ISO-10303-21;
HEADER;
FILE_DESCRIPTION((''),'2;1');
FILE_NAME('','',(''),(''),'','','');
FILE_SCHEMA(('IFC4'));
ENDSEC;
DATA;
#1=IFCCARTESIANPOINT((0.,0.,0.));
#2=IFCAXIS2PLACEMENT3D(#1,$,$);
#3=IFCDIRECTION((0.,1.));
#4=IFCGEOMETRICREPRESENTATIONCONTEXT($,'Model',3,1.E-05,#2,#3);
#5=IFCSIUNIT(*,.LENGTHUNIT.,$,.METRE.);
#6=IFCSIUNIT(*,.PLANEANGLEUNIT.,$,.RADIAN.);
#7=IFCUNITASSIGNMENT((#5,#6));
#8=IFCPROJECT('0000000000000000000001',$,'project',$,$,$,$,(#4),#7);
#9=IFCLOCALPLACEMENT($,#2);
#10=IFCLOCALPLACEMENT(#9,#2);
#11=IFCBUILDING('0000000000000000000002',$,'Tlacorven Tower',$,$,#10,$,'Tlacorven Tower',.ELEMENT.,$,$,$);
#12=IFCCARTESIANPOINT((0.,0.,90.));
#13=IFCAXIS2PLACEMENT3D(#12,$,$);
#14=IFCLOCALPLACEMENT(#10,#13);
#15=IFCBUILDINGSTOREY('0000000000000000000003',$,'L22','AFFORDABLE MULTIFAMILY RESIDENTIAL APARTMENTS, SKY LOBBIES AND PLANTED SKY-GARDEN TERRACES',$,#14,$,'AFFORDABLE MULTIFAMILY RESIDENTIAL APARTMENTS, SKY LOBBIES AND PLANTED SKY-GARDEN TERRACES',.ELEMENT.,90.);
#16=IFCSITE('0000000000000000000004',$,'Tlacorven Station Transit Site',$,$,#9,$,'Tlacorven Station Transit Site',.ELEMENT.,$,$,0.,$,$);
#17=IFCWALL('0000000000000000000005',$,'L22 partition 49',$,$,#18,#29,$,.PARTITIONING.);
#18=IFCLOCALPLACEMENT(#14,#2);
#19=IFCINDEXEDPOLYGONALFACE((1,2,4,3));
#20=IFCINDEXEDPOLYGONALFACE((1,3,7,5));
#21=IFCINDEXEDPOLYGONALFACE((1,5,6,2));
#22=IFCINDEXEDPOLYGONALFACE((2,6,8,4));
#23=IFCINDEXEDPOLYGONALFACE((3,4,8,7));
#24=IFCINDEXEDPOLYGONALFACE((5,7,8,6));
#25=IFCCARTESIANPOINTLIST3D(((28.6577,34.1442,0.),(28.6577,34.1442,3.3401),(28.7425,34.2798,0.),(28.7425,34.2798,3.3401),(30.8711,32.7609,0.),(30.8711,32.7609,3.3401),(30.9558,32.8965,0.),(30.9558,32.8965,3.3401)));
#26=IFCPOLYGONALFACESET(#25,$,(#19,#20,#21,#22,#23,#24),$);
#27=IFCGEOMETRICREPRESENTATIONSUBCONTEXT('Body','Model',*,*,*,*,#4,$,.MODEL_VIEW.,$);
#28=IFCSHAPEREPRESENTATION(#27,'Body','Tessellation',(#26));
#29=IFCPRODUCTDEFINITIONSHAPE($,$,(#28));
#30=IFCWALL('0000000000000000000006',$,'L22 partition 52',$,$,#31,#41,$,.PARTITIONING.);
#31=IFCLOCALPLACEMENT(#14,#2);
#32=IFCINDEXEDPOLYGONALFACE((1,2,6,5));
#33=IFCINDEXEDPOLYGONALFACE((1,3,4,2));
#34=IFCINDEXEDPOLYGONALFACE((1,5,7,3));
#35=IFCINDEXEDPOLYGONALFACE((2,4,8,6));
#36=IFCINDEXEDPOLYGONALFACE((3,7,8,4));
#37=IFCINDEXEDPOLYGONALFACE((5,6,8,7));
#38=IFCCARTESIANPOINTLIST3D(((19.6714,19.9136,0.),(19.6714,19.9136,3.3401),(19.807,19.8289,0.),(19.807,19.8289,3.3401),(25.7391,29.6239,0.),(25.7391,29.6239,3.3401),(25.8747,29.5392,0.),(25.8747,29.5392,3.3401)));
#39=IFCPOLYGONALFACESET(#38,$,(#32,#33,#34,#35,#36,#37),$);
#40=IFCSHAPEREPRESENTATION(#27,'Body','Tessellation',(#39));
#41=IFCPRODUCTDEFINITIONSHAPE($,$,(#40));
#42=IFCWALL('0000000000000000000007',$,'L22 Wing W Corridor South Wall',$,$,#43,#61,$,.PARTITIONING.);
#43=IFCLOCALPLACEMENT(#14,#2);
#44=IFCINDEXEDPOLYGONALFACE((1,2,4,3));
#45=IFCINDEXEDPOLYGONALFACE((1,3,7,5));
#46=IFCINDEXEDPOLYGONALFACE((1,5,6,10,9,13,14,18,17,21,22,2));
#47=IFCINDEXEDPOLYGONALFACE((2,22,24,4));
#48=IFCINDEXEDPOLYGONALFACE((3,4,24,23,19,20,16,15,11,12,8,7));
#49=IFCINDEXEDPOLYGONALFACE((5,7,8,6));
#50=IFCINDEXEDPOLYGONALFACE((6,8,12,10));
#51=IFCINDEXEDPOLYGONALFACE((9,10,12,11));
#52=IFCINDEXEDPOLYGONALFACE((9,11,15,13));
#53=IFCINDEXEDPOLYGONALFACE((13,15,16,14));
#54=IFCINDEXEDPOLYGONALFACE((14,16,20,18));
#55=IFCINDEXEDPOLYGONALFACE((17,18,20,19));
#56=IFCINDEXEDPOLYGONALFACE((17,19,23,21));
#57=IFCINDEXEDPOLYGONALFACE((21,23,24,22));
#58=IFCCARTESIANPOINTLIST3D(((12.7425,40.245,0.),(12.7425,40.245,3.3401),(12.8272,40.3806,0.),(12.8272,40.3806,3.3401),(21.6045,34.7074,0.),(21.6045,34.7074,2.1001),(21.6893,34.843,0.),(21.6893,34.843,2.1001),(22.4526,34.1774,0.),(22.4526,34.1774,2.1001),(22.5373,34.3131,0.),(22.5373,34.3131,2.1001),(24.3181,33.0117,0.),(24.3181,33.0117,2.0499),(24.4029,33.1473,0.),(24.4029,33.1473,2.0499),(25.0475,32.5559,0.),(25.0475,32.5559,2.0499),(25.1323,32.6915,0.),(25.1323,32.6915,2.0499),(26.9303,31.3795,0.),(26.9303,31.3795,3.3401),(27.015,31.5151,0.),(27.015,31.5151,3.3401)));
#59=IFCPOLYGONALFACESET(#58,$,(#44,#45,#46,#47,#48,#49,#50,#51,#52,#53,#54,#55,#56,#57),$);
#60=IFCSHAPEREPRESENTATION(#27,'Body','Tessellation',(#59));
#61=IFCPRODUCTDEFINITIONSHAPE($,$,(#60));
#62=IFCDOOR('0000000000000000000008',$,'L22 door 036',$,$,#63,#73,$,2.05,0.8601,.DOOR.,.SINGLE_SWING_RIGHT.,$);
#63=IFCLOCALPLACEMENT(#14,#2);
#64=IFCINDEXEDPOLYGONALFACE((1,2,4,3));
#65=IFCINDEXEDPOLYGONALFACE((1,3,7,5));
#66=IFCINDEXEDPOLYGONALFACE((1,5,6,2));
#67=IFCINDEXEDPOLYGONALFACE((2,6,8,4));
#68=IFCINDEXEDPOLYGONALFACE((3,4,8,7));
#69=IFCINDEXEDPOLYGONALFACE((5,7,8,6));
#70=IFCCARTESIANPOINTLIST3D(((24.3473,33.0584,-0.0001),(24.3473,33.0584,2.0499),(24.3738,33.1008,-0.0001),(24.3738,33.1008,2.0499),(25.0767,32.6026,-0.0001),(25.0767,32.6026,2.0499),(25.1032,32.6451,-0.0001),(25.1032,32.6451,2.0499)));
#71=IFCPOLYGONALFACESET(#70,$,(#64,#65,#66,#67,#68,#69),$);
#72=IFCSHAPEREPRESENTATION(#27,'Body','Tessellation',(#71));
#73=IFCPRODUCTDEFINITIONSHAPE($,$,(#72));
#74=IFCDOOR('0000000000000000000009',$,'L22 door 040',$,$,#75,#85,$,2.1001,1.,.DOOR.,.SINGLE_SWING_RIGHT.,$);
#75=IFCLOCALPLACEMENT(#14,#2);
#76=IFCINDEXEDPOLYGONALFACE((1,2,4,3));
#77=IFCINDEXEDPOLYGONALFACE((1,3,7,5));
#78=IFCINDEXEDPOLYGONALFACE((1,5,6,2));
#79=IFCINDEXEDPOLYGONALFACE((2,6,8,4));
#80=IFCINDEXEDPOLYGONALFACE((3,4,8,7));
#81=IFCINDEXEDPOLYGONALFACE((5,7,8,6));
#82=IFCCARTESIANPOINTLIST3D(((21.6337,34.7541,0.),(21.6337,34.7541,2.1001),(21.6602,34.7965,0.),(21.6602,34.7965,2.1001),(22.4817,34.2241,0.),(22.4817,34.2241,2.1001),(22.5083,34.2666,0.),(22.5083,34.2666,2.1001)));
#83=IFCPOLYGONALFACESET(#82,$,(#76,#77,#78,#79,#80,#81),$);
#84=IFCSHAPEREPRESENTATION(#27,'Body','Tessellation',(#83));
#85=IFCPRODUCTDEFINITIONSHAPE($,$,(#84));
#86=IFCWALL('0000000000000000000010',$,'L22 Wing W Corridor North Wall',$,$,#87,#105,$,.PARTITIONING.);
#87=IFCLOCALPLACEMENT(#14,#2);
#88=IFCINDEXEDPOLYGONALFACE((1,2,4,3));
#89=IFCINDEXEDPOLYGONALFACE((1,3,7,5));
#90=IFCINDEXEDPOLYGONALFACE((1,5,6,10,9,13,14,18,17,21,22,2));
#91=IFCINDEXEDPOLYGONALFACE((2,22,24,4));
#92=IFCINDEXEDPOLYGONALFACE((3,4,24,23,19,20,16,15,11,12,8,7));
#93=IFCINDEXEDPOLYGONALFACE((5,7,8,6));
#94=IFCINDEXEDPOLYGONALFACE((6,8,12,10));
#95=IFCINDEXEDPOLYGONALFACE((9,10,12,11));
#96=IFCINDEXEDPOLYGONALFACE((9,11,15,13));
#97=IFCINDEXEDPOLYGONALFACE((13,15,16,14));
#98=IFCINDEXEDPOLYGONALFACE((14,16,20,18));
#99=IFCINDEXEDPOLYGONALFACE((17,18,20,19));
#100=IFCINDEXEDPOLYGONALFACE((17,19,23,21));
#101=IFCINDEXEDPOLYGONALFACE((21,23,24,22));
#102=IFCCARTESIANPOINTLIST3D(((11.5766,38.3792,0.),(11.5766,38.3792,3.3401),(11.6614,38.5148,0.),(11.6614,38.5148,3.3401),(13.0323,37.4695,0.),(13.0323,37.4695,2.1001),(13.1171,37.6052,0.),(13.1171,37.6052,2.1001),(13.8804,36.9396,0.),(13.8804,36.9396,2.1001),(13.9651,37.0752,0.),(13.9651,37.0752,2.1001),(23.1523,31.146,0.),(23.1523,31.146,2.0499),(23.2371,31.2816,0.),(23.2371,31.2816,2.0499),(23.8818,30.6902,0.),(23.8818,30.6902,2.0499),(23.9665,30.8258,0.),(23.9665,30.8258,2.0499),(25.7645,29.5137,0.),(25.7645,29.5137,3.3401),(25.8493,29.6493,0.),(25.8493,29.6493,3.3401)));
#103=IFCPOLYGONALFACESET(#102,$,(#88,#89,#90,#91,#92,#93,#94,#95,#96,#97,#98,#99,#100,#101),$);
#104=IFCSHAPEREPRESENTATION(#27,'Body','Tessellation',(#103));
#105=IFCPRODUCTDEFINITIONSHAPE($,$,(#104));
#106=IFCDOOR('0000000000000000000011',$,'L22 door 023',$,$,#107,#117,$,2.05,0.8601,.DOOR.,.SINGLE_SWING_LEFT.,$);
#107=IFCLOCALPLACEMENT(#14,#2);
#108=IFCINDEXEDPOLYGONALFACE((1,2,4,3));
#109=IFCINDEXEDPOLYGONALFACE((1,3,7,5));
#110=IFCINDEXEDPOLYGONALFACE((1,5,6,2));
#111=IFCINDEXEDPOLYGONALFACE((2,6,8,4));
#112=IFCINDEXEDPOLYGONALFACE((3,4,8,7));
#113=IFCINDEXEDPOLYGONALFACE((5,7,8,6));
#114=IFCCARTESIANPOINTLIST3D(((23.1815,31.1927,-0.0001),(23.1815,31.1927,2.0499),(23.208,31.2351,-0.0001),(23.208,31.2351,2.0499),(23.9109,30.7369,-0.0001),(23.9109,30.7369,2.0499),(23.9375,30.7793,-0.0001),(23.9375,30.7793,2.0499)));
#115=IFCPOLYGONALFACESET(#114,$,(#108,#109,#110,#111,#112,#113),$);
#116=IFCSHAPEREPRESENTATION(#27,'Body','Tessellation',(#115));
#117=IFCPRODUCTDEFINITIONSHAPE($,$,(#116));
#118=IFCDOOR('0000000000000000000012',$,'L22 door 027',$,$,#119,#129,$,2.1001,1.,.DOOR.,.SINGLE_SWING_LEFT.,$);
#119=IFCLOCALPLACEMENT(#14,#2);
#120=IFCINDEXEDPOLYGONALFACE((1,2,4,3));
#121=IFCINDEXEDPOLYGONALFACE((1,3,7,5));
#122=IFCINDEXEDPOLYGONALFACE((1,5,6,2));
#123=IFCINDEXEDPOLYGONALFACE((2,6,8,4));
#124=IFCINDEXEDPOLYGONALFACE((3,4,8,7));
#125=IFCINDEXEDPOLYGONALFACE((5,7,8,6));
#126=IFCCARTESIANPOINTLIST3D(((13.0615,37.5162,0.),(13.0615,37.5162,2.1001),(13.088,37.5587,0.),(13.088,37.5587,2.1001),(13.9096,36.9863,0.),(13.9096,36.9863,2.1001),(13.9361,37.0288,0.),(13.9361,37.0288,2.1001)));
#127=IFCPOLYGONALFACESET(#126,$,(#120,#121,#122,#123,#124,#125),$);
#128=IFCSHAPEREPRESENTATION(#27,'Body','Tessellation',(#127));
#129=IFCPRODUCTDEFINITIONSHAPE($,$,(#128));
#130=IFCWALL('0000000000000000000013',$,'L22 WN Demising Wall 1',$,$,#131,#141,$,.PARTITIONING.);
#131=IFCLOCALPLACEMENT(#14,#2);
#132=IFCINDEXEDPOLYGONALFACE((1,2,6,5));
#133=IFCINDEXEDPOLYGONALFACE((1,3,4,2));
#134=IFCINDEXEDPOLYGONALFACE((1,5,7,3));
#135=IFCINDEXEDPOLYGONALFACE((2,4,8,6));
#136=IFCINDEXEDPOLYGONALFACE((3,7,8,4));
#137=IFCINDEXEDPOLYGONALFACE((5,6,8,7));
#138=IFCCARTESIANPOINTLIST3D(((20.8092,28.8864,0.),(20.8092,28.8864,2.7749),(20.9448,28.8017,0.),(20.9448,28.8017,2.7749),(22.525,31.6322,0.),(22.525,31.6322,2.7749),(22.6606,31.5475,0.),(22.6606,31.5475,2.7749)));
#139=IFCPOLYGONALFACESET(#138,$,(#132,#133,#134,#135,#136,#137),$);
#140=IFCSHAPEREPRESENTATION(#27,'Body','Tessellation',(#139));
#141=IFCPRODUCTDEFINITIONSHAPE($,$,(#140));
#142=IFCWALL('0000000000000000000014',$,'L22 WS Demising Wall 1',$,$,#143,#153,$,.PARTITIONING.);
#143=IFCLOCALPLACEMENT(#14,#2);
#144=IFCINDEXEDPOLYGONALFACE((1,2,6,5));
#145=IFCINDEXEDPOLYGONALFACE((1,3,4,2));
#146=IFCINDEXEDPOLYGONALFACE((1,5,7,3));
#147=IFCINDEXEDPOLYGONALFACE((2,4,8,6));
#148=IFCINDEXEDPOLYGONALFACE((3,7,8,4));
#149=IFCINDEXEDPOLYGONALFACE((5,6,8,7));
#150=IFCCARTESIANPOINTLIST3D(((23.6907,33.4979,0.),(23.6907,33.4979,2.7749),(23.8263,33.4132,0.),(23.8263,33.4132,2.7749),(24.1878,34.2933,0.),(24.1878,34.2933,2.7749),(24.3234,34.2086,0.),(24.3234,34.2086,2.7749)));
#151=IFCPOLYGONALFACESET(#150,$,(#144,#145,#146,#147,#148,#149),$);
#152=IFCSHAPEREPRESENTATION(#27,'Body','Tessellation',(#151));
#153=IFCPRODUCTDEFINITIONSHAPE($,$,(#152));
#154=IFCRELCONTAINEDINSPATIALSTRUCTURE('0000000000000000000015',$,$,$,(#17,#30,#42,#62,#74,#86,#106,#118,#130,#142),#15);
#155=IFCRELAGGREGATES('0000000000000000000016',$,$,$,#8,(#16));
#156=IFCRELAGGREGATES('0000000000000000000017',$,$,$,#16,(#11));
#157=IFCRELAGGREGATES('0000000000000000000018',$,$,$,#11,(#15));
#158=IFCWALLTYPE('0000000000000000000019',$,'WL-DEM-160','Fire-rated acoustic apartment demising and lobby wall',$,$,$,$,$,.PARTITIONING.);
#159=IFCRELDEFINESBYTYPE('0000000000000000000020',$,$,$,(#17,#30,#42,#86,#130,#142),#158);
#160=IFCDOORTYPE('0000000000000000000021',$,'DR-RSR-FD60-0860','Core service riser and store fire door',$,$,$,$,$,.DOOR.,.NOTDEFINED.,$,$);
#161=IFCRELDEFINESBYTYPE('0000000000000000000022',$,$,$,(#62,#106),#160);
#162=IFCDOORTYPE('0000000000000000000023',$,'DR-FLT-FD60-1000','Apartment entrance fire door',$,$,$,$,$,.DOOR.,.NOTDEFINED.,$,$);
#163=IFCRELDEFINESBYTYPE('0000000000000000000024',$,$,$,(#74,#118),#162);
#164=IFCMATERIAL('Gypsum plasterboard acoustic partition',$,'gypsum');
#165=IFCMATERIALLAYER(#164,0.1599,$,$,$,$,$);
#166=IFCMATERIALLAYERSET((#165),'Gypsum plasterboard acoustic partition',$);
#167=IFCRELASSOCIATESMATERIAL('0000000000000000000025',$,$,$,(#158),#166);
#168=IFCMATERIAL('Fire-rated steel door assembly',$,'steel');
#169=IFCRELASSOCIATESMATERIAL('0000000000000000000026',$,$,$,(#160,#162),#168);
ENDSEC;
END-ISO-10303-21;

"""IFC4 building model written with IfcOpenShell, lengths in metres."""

from ifc_helpers import new_model, si_unit, direction, frame, frame_2d, origin, place, context, subcontext, project, spatial, rectangle, extrude, source, transform, mapped, material, layer, layer_set, type_object, element, fill, save


model = new_model("IFC4")

# Units and contexts
model_context = context("Model", 3, precision=1e-05, world=origin(), true_north=direction((0.0, 1.0)))
body_context = subcontext(model_context, "Body", "Model", "MODEL_VIEW")
ifc_project = project(units=[si_unit("LENGTHUNIT", "METRE"), si_unit("PLANEANGLEUNIT", "RADIAN")], contexts=[model_context])

# Site, building, storey
site_placement = place(None, origin())
site = spatial("IfcSite", under=ifc_project, at=site_placement, Name="Tlacorven Station Transit Site", LongName="Tlacorven Station Transit Site", CompositionType="ELEMENT", RefElevation=0.0)
building_placement = place(site_placement, origin())
building = spatial("IfcBuilding", under=site, at=building_placement, Name="Tlacorven Tower", LongName="Tlacorven Tower", CompositionType="ELEMENT")
storey_placement = place(building_placement, frame((0.0, 0.0, 90.0)))
storey = spatial("IfcBuildingStorey", under=building, at=storey_placement, Name="L22", Description="AFFORDABLE MULTIFAMILY RESIDENTIAL APARTMENTS, SKY LOBBIES AND PLANTED SKY-GARDEN TERRACES", LongName="AFFORDABLE MULTIFAMILY RESIDENTIAL APARTMENTS, SKY LOBBIES AND PLANTED SKY-GARDEN TERRACES", CompositionType="ELEMENT", Elevation=90.0)

# Walls
ifc_material_1 = material(Name="Gypsum plasterboard acoustic partition", Category="gypsum")
ifc_layer_1 = layer(ifc_material_1, 0.1599)
ifc_layer_set_1 = layer_set([ifc_layer_1], Name="Gypsum plasterboard acoustic partition")
wall_type_1 = type_object("IfcWallType", Name="WL-DEM-160", Description="Fire-rated acoustic apartment demising and lobby wall", PredefinedType="PARTITIONING", material=ifc_layer_set_1)
wall_1_placement = place(storey_placement, frame((30.9136, 32.8286, 0.0), z_axis=(0.0, 0.0, 1.0), x_axis=(-0.848009, 0.529982, 0.0)))
element("IfcWall", 1, at=wall_1_placement, inside=storey, type_object=wall_type_1, Name="L22 partition 49", PredefinedType="PARTITIONING", context=body_context, shape_type="SweptSolid", body=[
    extrude(rectangle(XDim=2.6101, YDim=0.1599, at=frame_2d((1.3052, 0.0))), origin(), (0.0, 0.0, 1.0), 3.3401),
])
wall_2_placement = place(storey_placement, frame((25.8069, 29.5815, 0.0), z_axis=(0.0, 0.0, 1.0), x_axis=(-0.52992, -0.848047, 0.0)))
element("IfcWall", 2, at=wall_2_placement, inside=storey, type_object=wall_type_1, Name="L22 partition 52", PredefinedType="PARTITIONING", context=body_context, shape_type="SweptSolid", body=[
    extrude(rectangle(XDim=11.4502, YDim=0.1599, at=frame_2d((5.7251, 0.0))), origin(), (0.0, 0.0, 1.0), 3.3401),
])

# Walls, openings, doors
wall_3_placement = place(storey_placement, frame((26.9727, 31.4473, 0.0), z_axis=(0.0, 0.0, 1.0), x_axis=(-0.848048, 0.529919, 0.0)))
wall_3 = element("IfcWall", 3, at=wall_3_placement, inside=storey, type_object=wall_type_1, Name="L22 Wing W Corridor South Wall", PredefinedType="PARTITIONING", context=body_context, shape_type="SweptSolid", body=[
    extrude(rectangle(XDim=16.73, YDim=0.1599, at=frame_2d((8.365, 0.0))), origin(), (0.0, 0.0, 1.0), 3.3401),
])
opening_1_placement = place(wall_3_placement, frame((2.22, 0.0, 0.0)))
opening_1 = element("IfcOpeningElement", 4, at=opening_1_placement, cuts=wall_3, PredefinedType="OPENING", context=body_context, shape_type="SweptSolid", body=[
    extrude(rectangle(XDim=0.8601, YDim=2.05, at=frame_2d((0.4302, 1.0249))), frame((0.0, 0.0898, 0.0), z_axis=(0.0, -1.0, 0.0), x_axis=(1.0, 0.0, 0.0)), (0.0, 0.0, 1.0), 0.1799),
])
opening_2_placement = place(wall_3_placement, frame((5.28, 0.0, 0.0)))
opening_2 = element("IfcOpeningElement", 5, at=opening_2_placement, cuts=wall_3, PredefinedType="OPENING", context=body_context, shape_type="SweptSolid", body=[
    extrude(rectangle(XDim=1.0, YDim=2.1001, at=frame_2d((0.5, 1.05))), frame((0.0, 0.0898, 0.0), z_axis=(0.0, -1.0, 0.0), x_axis=(1.0, 0.0, 0.0)), (0.0, 0.0, 1.0), 0.1799),
])
ifc_material_2 = material(Name="Fire-rated steel door assembly", Category="steel")
door_type_1 = type_object("IfcDoorType", Name="DR-RSR-FD60-0860", Description="Core service riser and store fire door", OperationType="NOTDEFINED", PredefinedType="DOOR", material=ifc_material_2)
shared_shape_1 = source(origin(), body_context, "Body", "SweptSolid", [
    extrude(rectangle(XDim=0.8601, YDim=2.05, at=frame_2d((0.4302, 1.0249))), frame((0.0, 0.0249, 0.0), z_axis=(0.0, -1.0, 0.0), x_axis=(1.0, 0.0, 0.0)), (0.0, 0.0, 1.0), 0.05),
])
door_1_placement = place(opening_1_placement, origin())
door_1 = element("IfcDoor", 6, at=door_1_placement, inside=storey, type_object=door_type_1, Name="L22 door 036", OperationType="SINGLE_SWING_RIGHT", OverallHeight=2.05, OverallWidth=0.8601, PredefinedType="DOOR", context=body_context, shape_type="MappedRepresentation", body=[
    mapped(shared_shape_1, transform((0.0, 0.0, 0.0), scale=1.0)),
])
fill(opening_1, door_1)
door_type_2 = type_object("IfcDoorType", Name="DR-FLT-FD60-1000", Description="Apartment entrance fire door", OperationType="NOTDEFINED", PredefinedType="DOOR", material=ifc_material_2)
shared_shape_2 = source(origin(), body_context, "Body", "SweptSolid", [
    extrude(rectangle(XDim=1.0, YDim=2.1001, at=frame_2d((0.5, 1.05))), frame((0.0, 0.0249, 0.0), z_axis=(0.0, -1.0, 0.0), x_axis=(1.0, 0.0, 0.0)), (0.0, 0.0, 1.0), 0.05),
])
door_2_placement = place(opening_2_placement, origin())
door_2 = element("IfcDoor", 7, at=door_2_placement, inside=storey, type_object=door_type_2, Name="L22 door 040", OperationType="SINGLE_SWING_RIGHT", OverallHeight=2.1001, OverallWidth=1.0, PredefinedType="DOOR", context=body_context, shape_type="MappedRepresentation", body=[
    mapped(shared_shape_2, transform((0.0, 0.0, 0.0), scale=1.0)),
])
fill(opening_2, door_2)
wall_4_placement = place(storey_placement, frame((25.8069, 29.5815, 0.0), z_axis=(0.0, 0.0, 1.0), x_axis=(-0.848052, 0.529912, 0.0)))
wall_4 = element("IfcWall", 8, at=wall_4_placement, inside=storey, type_object=wall_type_1, Name="L22 Wing W Corridor North Wall", PredefinedType="PARTITIONING", context=body_context, shape_type="SweptSolid", body=[
    extrude(rectangle(XDim=16.73, YDim=0.1599, at=frame_2d((8.365, 0.0))), origin(), (0.0, 0.0, 1.0), 3.3401),
])
opening_3_placement = place(wall_4_placement, frame((2.22, 0.0, 0.0)))
opening_3 = element("IfcOpeningElement", 9, at=opening_3_placement, cuts=wall_4, PredefinedType="OPENING", context=body_context, shape_type="SweptSolid", body=[
    extrude(rectangle(XDim=0.8601, YDim=2.05, at=frame_2d((0.4302, 1.0249))), frame((0.0, 0.0898, 0.0), z_axis=(0.0, -1.0, 0.0), x_axis=(1.0, 0.0, 0.0)), (0.0, 0.0, 1.0), 0.1799),
])
opening_4_placement = place(wall_4_placement, frame((14.0134, 0.0, 0.0)))
opening_4 = element("IfcOpeningElement", 10, at=opening_4_placement, cuts=wall_4, PredefinedType="OPENING", context=body_context, shape_type="SweptSolid", body=[
    extrude(rectangle(XDim=1.0, YDim=2.1001, at=frame_2d((0.5, 1.05))), frame((0.0, 0.0898, 0.0), z_axis=(0.0, -1.0, 0.0), x_axis=(1.0, 0.0, 0.0)), (0.0, 0.0, 1.0), 0.1799),
])
door_3_placement = place(opening_3_placement, origin())
door_3 = element("IfcDoor", 11, at=door_3_placement, inside=storey, type_object=door_type_1, Name="L22 door 023", OperationType="SINGLE_SWING_LEFT", OverallHeight=2.05, OverallWidth=0.8601, PredefinedType="DOOR", context=body_context, shape_type="MappedRepresentation", body=[
    mapped(shared_shape_1, transform((0.0, 0.0, 0.0), scale=1.0)),
])
fill(opening_3, door_3)
door_4_placement = place(opening_4_placement, origin())
door_4 = element("IfcDoor", 12, at=door_4_placement, inside=storey, type_object=door_type_2, Name="L22 door 027", OperationType="SINGLE_SWING_LEFT", OverallHeight=2.1001, OverallWidth=1.0, PredefinedType="DOOR", context=body_context, shape_type="MappedRepresentation", body=[
    mapped(shared_shape_2, transform((0.0, 0.0, 0.0), scale=1.0)),
])
fill(opening_4, door_4)

# Walls
wall_5_placement = place(storey_placement, frame((22.5928, 31.5898, 0.0), z_axis=(0.0, 0.0, 1.0), x_axis=(-0.529924, -0.848045, 0.0)))
element("IfcWall", 13, at=wall_5_placement, inside=storey, type_object=wall_type_1, Name="L22 WN Demising Wall 1", PredefinedType="PARTITIONING", context=body_context, shape_type="SweptSolid", body=[
    extrude(rectangle(XDim=3.2378, YDim=0.1599, at=frame_2d((1.6189, 0.0))), origin(), (0.0, 0.0, 1.0), 2.7749),
])
wall_6_placement = place(storey_placement, frame((24.2556, 34.251, 0.0), z_axis=(0.0, 0.0, 1.0), x_axis=(-0.529952, -0.848028, 0.0)))
element("IfcWall", 14, at=wall_6_placement, inside=storey, type_object=wall_type_1, Name="L22 WS Demising Wall 1", PredefinedType="PARTITIONING", context=body_context, shape_type="SweptSolid", body=[
    extrude(rectangle(XDim=0.938, YDim=0.1599, at=frame_2d((0.469, 0.0))), origin(), (0.0, 0.0, 1.0), 2.7749),
])

save(model, "model.ifc")
